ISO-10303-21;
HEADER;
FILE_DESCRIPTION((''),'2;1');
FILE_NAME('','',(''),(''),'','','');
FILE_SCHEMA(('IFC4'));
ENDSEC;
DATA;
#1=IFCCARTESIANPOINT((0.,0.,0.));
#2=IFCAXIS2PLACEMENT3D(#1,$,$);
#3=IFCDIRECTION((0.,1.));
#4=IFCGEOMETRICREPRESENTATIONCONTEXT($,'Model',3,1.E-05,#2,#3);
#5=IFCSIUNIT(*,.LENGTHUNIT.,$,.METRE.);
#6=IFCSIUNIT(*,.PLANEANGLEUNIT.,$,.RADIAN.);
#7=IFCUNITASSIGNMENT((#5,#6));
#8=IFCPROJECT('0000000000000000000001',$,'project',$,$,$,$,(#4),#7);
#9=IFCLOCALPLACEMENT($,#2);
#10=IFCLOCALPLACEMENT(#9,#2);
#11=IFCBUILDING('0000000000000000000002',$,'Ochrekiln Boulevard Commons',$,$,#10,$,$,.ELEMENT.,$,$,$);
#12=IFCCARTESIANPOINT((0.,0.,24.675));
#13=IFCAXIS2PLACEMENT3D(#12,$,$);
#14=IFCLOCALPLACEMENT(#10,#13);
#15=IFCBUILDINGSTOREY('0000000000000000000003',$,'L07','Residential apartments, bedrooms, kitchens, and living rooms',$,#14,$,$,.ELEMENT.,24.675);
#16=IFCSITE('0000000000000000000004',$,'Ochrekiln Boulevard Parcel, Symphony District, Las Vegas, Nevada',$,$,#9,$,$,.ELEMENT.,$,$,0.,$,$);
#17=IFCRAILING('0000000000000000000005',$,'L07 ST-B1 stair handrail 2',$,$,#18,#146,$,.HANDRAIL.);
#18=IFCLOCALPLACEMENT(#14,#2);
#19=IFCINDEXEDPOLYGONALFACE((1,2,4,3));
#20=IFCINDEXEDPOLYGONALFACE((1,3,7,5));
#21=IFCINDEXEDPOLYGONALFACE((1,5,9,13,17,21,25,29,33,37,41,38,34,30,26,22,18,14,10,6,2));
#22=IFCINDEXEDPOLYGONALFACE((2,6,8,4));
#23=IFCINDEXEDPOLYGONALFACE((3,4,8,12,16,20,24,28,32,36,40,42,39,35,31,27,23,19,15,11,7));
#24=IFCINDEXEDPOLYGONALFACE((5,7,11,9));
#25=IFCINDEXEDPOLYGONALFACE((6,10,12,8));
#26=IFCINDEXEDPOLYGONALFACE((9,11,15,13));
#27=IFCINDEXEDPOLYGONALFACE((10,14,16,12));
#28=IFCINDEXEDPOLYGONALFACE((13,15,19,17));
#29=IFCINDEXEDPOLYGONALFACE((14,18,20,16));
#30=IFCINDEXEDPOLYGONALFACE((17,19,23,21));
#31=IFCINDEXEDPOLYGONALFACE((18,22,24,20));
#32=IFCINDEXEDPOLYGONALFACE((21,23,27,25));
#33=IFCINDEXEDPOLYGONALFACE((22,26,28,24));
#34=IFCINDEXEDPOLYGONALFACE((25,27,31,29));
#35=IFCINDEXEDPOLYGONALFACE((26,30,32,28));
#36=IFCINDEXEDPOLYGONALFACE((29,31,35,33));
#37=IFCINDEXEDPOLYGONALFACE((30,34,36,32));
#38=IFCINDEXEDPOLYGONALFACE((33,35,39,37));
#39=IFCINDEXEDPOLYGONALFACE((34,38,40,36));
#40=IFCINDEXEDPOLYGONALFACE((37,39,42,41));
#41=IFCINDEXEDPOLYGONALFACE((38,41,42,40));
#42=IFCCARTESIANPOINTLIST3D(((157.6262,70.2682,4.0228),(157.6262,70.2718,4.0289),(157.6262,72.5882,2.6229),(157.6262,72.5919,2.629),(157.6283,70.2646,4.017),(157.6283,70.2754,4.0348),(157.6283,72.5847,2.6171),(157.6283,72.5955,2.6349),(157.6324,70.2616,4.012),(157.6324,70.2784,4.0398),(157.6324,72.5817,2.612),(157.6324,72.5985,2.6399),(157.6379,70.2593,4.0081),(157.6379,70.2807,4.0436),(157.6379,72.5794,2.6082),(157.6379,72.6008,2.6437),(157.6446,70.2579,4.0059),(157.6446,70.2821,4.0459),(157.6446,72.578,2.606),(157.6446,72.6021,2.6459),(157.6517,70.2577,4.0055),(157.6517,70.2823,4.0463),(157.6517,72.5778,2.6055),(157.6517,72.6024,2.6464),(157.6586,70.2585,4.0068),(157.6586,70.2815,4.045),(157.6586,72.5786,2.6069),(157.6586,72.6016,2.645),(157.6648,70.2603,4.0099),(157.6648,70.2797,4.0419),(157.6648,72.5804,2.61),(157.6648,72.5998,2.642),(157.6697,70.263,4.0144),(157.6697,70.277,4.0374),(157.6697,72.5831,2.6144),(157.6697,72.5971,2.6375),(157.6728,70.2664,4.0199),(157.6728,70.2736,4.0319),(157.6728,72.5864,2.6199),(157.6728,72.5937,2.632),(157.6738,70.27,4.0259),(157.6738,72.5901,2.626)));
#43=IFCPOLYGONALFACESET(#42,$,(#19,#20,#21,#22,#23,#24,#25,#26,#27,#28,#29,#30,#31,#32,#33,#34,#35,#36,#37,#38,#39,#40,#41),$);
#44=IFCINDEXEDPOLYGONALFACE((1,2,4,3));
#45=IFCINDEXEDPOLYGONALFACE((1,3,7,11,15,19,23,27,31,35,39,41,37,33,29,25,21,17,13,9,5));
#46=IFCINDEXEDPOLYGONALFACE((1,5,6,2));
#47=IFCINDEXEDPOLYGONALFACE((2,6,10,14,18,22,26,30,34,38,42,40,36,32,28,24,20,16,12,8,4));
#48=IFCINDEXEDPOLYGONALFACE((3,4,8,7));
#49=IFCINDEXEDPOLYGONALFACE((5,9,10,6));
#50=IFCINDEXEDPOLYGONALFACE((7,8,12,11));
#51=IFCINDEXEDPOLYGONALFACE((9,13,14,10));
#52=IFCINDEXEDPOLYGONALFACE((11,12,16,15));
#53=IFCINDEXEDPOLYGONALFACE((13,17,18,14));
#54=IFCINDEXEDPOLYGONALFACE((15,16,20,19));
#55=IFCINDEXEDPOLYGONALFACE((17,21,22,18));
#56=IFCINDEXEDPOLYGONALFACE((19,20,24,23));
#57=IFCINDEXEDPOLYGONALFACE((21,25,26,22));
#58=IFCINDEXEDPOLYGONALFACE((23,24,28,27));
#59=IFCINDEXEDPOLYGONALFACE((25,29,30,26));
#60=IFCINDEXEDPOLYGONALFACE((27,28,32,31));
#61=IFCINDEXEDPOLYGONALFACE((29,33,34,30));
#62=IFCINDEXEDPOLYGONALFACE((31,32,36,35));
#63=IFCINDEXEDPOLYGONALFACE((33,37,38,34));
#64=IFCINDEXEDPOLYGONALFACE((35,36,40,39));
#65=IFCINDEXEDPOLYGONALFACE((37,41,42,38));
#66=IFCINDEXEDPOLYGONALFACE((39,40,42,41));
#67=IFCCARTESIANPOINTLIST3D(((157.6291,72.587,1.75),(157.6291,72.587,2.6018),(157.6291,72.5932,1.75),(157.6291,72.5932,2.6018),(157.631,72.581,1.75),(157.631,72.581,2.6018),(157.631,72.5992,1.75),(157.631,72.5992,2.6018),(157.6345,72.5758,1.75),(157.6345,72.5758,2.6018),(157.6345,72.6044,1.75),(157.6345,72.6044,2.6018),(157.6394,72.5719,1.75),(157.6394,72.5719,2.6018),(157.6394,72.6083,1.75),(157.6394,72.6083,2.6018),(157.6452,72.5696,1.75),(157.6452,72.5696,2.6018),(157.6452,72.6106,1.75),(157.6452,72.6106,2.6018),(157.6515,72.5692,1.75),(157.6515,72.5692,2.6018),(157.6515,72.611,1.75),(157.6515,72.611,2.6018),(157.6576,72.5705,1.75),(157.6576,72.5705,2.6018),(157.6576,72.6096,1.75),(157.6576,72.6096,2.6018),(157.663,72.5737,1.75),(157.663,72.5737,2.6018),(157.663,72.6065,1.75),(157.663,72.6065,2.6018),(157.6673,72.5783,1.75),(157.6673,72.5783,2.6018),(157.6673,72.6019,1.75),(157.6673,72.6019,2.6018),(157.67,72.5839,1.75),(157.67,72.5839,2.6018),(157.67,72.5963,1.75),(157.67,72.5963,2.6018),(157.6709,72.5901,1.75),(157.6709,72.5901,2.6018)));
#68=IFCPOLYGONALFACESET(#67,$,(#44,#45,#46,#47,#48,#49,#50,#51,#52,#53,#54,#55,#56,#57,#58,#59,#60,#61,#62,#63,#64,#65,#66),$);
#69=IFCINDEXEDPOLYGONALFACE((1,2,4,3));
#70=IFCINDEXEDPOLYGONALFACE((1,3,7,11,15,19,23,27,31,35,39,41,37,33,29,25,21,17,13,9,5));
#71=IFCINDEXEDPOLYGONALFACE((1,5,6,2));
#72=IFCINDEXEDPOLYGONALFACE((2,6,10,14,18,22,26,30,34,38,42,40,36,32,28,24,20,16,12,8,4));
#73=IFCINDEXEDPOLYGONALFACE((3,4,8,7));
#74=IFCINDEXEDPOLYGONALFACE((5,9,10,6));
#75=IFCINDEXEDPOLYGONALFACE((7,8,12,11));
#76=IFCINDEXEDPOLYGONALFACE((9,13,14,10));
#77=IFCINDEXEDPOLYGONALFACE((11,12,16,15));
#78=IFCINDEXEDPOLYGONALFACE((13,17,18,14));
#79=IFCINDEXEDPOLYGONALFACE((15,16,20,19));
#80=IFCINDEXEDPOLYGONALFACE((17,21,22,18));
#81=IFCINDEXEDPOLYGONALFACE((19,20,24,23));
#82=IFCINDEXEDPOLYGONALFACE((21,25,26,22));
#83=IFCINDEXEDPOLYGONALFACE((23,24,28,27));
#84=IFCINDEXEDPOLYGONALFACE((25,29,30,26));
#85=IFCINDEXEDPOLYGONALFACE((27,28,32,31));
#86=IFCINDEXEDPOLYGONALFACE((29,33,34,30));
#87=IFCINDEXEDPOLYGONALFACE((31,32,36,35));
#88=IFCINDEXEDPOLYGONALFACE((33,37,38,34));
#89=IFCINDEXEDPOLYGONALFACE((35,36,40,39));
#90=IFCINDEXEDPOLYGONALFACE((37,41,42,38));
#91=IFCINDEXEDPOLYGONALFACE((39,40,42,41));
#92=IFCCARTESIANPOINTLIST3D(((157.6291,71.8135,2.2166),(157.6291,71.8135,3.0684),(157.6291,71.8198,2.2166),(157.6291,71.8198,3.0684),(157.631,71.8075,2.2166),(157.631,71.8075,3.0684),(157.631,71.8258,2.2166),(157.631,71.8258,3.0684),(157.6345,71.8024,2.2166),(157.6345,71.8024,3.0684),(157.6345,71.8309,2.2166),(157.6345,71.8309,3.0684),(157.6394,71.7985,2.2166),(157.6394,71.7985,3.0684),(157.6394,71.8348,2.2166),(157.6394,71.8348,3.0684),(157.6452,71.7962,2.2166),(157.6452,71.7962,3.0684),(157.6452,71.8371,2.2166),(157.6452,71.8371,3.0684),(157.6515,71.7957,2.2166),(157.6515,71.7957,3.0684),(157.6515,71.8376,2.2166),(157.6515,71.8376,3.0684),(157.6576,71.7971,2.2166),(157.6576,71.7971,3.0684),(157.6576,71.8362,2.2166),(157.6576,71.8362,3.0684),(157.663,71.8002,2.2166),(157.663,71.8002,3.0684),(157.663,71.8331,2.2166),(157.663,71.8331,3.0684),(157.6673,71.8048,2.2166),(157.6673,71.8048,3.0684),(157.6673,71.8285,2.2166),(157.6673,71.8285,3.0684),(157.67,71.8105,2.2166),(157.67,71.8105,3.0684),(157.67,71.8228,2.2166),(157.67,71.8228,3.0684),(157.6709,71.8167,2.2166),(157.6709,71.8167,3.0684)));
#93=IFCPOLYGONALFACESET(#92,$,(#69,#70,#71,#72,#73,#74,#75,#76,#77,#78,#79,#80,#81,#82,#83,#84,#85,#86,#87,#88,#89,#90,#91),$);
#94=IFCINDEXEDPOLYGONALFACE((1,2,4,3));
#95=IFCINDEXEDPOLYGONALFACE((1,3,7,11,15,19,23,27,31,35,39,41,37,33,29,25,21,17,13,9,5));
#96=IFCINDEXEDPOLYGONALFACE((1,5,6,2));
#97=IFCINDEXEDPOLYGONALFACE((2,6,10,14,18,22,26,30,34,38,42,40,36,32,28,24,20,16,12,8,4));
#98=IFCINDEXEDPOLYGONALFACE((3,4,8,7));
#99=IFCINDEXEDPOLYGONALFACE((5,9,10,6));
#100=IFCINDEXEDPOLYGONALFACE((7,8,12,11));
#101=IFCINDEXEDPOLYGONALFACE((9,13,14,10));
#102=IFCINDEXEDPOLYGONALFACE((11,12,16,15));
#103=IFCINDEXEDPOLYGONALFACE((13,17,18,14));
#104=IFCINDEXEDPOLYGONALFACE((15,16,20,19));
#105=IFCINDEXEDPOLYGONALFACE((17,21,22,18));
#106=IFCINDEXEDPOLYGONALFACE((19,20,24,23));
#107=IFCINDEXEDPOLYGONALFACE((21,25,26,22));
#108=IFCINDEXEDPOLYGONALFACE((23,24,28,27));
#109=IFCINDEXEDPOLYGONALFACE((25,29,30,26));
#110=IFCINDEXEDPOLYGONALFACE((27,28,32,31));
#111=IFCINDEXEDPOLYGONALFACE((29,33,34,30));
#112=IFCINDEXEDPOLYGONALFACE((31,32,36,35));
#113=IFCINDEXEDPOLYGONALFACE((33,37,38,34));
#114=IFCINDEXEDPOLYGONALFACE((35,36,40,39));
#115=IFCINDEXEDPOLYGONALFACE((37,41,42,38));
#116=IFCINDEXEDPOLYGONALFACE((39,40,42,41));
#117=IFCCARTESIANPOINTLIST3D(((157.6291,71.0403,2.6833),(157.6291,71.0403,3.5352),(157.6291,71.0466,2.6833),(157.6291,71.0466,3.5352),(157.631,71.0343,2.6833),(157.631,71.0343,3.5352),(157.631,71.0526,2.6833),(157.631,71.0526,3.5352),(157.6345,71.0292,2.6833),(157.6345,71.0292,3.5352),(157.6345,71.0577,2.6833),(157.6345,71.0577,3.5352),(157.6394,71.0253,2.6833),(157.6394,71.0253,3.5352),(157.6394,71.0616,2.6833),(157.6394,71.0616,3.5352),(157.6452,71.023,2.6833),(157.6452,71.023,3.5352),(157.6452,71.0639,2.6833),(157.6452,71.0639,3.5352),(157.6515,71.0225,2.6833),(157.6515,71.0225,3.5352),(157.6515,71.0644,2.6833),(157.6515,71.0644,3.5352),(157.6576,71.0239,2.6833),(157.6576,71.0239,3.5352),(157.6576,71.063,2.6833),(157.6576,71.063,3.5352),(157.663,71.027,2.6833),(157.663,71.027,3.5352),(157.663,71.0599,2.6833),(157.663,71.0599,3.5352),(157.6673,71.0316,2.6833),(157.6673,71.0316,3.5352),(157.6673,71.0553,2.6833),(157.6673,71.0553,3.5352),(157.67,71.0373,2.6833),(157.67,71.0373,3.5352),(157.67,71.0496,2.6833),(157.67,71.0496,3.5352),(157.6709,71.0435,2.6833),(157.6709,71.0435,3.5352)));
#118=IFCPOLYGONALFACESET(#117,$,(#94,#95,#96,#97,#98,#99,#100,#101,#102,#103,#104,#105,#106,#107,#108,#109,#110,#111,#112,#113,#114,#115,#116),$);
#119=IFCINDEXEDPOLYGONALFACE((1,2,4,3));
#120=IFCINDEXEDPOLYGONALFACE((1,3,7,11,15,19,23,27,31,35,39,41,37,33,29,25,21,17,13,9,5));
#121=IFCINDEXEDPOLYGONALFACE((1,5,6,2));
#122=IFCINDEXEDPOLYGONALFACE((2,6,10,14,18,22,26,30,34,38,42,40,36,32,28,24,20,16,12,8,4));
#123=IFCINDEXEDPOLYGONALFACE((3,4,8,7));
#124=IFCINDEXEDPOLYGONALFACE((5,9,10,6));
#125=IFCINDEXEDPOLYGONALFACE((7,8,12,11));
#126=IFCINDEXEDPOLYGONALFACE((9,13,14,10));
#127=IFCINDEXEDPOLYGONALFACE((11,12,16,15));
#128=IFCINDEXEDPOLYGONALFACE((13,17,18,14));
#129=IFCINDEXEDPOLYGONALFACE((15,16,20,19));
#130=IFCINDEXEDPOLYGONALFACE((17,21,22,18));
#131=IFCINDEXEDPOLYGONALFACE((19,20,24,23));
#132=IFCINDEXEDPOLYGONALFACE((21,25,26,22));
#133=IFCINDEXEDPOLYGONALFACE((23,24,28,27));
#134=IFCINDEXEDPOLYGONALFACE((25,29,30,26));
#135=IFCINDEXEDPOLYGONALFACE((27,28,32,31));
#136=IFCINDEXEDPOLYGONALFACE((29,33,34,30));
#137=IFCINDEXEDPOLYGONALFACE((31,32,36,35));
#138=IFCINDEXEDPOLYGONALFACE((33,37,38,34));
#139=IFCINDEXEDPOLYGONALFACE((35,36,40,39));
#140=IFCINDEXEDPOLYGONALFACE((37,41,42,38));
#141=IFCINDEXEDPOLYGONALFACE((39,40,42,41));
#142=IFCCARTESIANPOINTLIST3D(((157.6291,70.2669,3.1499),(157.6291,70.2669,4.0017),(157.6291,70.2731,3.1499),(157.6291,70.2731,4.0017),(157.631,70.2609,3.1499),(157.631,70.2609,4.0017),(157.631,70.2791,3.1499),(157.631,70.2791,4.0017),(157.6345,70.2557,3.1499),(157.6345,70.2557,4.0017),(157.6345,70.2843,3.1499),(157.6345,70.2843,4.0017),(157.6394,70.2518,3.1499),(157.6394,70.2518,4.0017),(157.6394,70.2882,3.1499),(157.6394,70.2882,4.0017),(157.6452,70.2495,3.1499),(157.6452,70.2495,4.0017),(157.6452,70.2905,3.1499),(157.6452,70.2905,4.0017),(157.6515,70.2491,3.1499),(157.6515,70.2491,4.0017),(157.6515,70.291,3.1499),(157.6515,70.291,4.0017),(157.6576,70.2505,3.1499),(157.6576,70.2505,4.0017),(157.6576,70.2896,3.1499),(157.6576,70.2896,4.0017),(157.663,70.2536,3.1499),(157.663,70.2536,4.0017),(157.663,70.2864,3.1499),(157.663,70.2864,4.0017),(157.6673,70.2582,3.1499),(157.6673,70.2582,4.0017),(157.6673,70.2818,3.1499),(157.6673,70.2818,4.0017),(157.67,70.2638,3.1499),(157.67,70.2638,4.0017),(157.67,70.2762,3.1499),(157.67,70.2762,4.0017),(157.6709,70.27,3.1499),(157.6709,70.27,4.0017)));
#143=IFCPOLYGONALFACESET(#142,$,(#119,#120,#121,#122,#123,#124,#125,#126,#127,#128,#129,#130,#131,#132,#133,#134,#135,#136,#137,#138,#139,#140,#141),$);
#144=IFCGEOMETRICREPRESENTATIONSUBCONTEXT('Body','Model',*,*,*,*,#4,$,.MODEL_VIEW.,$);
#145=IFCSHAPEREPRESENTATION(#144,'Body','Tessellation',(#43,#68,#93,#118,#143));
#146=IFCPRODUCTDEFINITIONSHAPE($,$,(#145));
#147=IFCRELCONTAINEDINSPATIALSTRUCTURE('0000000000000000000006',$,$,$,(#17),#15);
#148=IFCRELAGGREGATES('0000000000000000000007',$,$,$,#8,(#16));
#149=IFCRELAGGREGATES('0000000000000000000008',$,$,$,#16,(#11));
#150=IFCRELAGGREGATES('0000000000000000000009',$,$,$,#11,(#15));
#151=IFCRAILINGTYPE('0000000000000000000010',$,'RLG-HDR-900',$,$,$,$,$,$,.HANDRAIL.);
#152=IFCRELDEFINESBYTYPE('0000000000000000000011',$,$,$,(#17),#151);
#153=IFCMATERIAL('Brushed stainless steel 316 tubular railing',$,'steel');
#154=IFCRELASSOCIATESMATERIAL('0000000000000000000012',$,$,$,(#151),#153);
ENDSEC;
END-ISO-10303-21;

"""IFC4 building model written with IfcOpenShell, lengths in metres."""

from ifc_helpers import new_model, si_unit, direction, frame, origin, origin_2d, place, context, subcontext, project, spatial, circle, extrude, material, type_object, element, save


model = new_model("IFC4")

# Units and contexts
model_context = context("Model", 3, precision=1e-05, world=origin(), true_north=direction((0.0, 1.0)))
body_context = subcontext(model_context, "Body", "Model", "MODEL_VIEW")
ifc_project = project(units=[si_unit("LENGTHUNIT", "METRE"), si_unit("PLANEANGLEUNIT", "RADIAN")], contexts=[model_context])

# Site, building, storey
site_placement = place(None, origin())
site = spatial("IfcSite", under=ifc_project, at=site_placement, Name="Ochrekiln Boulevard Parcel, Symphony District, Las Vegas, Nevada", CompositionType="ELEMENT", RefElevation=0.0)
building_placement = place(site_placement, origin())
building = spatial("IfcBuilding", under=site, at=building_placement, Name="Ochrekiln Boulevard Commons", CompositionType="ELEMENT")
storey_placement = place(building_placement, frame((0.0, 0.0, 24.675)))
storey = spatial("IfcBuildingStorey", under=building, at=storey_placement, Name="L07", Description="Residential apartments, bedrooms, kitchens, and living rooms", CompositionType="ELEMENT", Elevation=24.675)

# Railing
ifc_material_1 = material(Name="Brushed stainless steel 316 tubular railing", Category="steel")
railing_type_1 = type_object("IfcRailingType", Name="RLG-HDR-900", PredefinedType="HANDRAIL", material=ifc_material_1)
railing_1_placement = place(storey_placement, frame((157.6499, 72.5901, 1.75)))
element("IfcRailing", 1, at=railing_1_placement, inside=storey, type_object=railing_type_1, Name="L07 ST-B1 stair handrail 2", PredefinedType="HANDRAIL", context=body_context, shape_type="SweptSolid", body=[
    extrude(circle(Radius=0.0239, at=origin_2d()), frame((0.0, 0.0, 0.876), z_axis=(0.0, -0.85621, 0.516627), x_axis=(1.0, 0.0, 0.0)), (0.0, 0.0, 1.0), 2.7097),
    extrude(circle(Radius=0.021, at=origin_2d()), origin(), (0.0, 0.0, 1.0), 0.8518),
    extrude(circle(Radius=0.021, at=origin_2d()), frame((0.0, -0.7734, 0.4666)), (0.0, 0.0, 1.0), 0.8518),
    extrude(circle(Radius=0.021, at=origin_2d()), frame((0.0, -1.5466, 0.9333)), (0.0, 0.0, 1.0), 0.8518),
    extrude(circle(Radius=0.021, at=origin_2d()), frame((0.0, -2.3201, 1.3999)), (0.0, 0.0, 1.0), 0.8518),
])

save(model, "model.ifc")
